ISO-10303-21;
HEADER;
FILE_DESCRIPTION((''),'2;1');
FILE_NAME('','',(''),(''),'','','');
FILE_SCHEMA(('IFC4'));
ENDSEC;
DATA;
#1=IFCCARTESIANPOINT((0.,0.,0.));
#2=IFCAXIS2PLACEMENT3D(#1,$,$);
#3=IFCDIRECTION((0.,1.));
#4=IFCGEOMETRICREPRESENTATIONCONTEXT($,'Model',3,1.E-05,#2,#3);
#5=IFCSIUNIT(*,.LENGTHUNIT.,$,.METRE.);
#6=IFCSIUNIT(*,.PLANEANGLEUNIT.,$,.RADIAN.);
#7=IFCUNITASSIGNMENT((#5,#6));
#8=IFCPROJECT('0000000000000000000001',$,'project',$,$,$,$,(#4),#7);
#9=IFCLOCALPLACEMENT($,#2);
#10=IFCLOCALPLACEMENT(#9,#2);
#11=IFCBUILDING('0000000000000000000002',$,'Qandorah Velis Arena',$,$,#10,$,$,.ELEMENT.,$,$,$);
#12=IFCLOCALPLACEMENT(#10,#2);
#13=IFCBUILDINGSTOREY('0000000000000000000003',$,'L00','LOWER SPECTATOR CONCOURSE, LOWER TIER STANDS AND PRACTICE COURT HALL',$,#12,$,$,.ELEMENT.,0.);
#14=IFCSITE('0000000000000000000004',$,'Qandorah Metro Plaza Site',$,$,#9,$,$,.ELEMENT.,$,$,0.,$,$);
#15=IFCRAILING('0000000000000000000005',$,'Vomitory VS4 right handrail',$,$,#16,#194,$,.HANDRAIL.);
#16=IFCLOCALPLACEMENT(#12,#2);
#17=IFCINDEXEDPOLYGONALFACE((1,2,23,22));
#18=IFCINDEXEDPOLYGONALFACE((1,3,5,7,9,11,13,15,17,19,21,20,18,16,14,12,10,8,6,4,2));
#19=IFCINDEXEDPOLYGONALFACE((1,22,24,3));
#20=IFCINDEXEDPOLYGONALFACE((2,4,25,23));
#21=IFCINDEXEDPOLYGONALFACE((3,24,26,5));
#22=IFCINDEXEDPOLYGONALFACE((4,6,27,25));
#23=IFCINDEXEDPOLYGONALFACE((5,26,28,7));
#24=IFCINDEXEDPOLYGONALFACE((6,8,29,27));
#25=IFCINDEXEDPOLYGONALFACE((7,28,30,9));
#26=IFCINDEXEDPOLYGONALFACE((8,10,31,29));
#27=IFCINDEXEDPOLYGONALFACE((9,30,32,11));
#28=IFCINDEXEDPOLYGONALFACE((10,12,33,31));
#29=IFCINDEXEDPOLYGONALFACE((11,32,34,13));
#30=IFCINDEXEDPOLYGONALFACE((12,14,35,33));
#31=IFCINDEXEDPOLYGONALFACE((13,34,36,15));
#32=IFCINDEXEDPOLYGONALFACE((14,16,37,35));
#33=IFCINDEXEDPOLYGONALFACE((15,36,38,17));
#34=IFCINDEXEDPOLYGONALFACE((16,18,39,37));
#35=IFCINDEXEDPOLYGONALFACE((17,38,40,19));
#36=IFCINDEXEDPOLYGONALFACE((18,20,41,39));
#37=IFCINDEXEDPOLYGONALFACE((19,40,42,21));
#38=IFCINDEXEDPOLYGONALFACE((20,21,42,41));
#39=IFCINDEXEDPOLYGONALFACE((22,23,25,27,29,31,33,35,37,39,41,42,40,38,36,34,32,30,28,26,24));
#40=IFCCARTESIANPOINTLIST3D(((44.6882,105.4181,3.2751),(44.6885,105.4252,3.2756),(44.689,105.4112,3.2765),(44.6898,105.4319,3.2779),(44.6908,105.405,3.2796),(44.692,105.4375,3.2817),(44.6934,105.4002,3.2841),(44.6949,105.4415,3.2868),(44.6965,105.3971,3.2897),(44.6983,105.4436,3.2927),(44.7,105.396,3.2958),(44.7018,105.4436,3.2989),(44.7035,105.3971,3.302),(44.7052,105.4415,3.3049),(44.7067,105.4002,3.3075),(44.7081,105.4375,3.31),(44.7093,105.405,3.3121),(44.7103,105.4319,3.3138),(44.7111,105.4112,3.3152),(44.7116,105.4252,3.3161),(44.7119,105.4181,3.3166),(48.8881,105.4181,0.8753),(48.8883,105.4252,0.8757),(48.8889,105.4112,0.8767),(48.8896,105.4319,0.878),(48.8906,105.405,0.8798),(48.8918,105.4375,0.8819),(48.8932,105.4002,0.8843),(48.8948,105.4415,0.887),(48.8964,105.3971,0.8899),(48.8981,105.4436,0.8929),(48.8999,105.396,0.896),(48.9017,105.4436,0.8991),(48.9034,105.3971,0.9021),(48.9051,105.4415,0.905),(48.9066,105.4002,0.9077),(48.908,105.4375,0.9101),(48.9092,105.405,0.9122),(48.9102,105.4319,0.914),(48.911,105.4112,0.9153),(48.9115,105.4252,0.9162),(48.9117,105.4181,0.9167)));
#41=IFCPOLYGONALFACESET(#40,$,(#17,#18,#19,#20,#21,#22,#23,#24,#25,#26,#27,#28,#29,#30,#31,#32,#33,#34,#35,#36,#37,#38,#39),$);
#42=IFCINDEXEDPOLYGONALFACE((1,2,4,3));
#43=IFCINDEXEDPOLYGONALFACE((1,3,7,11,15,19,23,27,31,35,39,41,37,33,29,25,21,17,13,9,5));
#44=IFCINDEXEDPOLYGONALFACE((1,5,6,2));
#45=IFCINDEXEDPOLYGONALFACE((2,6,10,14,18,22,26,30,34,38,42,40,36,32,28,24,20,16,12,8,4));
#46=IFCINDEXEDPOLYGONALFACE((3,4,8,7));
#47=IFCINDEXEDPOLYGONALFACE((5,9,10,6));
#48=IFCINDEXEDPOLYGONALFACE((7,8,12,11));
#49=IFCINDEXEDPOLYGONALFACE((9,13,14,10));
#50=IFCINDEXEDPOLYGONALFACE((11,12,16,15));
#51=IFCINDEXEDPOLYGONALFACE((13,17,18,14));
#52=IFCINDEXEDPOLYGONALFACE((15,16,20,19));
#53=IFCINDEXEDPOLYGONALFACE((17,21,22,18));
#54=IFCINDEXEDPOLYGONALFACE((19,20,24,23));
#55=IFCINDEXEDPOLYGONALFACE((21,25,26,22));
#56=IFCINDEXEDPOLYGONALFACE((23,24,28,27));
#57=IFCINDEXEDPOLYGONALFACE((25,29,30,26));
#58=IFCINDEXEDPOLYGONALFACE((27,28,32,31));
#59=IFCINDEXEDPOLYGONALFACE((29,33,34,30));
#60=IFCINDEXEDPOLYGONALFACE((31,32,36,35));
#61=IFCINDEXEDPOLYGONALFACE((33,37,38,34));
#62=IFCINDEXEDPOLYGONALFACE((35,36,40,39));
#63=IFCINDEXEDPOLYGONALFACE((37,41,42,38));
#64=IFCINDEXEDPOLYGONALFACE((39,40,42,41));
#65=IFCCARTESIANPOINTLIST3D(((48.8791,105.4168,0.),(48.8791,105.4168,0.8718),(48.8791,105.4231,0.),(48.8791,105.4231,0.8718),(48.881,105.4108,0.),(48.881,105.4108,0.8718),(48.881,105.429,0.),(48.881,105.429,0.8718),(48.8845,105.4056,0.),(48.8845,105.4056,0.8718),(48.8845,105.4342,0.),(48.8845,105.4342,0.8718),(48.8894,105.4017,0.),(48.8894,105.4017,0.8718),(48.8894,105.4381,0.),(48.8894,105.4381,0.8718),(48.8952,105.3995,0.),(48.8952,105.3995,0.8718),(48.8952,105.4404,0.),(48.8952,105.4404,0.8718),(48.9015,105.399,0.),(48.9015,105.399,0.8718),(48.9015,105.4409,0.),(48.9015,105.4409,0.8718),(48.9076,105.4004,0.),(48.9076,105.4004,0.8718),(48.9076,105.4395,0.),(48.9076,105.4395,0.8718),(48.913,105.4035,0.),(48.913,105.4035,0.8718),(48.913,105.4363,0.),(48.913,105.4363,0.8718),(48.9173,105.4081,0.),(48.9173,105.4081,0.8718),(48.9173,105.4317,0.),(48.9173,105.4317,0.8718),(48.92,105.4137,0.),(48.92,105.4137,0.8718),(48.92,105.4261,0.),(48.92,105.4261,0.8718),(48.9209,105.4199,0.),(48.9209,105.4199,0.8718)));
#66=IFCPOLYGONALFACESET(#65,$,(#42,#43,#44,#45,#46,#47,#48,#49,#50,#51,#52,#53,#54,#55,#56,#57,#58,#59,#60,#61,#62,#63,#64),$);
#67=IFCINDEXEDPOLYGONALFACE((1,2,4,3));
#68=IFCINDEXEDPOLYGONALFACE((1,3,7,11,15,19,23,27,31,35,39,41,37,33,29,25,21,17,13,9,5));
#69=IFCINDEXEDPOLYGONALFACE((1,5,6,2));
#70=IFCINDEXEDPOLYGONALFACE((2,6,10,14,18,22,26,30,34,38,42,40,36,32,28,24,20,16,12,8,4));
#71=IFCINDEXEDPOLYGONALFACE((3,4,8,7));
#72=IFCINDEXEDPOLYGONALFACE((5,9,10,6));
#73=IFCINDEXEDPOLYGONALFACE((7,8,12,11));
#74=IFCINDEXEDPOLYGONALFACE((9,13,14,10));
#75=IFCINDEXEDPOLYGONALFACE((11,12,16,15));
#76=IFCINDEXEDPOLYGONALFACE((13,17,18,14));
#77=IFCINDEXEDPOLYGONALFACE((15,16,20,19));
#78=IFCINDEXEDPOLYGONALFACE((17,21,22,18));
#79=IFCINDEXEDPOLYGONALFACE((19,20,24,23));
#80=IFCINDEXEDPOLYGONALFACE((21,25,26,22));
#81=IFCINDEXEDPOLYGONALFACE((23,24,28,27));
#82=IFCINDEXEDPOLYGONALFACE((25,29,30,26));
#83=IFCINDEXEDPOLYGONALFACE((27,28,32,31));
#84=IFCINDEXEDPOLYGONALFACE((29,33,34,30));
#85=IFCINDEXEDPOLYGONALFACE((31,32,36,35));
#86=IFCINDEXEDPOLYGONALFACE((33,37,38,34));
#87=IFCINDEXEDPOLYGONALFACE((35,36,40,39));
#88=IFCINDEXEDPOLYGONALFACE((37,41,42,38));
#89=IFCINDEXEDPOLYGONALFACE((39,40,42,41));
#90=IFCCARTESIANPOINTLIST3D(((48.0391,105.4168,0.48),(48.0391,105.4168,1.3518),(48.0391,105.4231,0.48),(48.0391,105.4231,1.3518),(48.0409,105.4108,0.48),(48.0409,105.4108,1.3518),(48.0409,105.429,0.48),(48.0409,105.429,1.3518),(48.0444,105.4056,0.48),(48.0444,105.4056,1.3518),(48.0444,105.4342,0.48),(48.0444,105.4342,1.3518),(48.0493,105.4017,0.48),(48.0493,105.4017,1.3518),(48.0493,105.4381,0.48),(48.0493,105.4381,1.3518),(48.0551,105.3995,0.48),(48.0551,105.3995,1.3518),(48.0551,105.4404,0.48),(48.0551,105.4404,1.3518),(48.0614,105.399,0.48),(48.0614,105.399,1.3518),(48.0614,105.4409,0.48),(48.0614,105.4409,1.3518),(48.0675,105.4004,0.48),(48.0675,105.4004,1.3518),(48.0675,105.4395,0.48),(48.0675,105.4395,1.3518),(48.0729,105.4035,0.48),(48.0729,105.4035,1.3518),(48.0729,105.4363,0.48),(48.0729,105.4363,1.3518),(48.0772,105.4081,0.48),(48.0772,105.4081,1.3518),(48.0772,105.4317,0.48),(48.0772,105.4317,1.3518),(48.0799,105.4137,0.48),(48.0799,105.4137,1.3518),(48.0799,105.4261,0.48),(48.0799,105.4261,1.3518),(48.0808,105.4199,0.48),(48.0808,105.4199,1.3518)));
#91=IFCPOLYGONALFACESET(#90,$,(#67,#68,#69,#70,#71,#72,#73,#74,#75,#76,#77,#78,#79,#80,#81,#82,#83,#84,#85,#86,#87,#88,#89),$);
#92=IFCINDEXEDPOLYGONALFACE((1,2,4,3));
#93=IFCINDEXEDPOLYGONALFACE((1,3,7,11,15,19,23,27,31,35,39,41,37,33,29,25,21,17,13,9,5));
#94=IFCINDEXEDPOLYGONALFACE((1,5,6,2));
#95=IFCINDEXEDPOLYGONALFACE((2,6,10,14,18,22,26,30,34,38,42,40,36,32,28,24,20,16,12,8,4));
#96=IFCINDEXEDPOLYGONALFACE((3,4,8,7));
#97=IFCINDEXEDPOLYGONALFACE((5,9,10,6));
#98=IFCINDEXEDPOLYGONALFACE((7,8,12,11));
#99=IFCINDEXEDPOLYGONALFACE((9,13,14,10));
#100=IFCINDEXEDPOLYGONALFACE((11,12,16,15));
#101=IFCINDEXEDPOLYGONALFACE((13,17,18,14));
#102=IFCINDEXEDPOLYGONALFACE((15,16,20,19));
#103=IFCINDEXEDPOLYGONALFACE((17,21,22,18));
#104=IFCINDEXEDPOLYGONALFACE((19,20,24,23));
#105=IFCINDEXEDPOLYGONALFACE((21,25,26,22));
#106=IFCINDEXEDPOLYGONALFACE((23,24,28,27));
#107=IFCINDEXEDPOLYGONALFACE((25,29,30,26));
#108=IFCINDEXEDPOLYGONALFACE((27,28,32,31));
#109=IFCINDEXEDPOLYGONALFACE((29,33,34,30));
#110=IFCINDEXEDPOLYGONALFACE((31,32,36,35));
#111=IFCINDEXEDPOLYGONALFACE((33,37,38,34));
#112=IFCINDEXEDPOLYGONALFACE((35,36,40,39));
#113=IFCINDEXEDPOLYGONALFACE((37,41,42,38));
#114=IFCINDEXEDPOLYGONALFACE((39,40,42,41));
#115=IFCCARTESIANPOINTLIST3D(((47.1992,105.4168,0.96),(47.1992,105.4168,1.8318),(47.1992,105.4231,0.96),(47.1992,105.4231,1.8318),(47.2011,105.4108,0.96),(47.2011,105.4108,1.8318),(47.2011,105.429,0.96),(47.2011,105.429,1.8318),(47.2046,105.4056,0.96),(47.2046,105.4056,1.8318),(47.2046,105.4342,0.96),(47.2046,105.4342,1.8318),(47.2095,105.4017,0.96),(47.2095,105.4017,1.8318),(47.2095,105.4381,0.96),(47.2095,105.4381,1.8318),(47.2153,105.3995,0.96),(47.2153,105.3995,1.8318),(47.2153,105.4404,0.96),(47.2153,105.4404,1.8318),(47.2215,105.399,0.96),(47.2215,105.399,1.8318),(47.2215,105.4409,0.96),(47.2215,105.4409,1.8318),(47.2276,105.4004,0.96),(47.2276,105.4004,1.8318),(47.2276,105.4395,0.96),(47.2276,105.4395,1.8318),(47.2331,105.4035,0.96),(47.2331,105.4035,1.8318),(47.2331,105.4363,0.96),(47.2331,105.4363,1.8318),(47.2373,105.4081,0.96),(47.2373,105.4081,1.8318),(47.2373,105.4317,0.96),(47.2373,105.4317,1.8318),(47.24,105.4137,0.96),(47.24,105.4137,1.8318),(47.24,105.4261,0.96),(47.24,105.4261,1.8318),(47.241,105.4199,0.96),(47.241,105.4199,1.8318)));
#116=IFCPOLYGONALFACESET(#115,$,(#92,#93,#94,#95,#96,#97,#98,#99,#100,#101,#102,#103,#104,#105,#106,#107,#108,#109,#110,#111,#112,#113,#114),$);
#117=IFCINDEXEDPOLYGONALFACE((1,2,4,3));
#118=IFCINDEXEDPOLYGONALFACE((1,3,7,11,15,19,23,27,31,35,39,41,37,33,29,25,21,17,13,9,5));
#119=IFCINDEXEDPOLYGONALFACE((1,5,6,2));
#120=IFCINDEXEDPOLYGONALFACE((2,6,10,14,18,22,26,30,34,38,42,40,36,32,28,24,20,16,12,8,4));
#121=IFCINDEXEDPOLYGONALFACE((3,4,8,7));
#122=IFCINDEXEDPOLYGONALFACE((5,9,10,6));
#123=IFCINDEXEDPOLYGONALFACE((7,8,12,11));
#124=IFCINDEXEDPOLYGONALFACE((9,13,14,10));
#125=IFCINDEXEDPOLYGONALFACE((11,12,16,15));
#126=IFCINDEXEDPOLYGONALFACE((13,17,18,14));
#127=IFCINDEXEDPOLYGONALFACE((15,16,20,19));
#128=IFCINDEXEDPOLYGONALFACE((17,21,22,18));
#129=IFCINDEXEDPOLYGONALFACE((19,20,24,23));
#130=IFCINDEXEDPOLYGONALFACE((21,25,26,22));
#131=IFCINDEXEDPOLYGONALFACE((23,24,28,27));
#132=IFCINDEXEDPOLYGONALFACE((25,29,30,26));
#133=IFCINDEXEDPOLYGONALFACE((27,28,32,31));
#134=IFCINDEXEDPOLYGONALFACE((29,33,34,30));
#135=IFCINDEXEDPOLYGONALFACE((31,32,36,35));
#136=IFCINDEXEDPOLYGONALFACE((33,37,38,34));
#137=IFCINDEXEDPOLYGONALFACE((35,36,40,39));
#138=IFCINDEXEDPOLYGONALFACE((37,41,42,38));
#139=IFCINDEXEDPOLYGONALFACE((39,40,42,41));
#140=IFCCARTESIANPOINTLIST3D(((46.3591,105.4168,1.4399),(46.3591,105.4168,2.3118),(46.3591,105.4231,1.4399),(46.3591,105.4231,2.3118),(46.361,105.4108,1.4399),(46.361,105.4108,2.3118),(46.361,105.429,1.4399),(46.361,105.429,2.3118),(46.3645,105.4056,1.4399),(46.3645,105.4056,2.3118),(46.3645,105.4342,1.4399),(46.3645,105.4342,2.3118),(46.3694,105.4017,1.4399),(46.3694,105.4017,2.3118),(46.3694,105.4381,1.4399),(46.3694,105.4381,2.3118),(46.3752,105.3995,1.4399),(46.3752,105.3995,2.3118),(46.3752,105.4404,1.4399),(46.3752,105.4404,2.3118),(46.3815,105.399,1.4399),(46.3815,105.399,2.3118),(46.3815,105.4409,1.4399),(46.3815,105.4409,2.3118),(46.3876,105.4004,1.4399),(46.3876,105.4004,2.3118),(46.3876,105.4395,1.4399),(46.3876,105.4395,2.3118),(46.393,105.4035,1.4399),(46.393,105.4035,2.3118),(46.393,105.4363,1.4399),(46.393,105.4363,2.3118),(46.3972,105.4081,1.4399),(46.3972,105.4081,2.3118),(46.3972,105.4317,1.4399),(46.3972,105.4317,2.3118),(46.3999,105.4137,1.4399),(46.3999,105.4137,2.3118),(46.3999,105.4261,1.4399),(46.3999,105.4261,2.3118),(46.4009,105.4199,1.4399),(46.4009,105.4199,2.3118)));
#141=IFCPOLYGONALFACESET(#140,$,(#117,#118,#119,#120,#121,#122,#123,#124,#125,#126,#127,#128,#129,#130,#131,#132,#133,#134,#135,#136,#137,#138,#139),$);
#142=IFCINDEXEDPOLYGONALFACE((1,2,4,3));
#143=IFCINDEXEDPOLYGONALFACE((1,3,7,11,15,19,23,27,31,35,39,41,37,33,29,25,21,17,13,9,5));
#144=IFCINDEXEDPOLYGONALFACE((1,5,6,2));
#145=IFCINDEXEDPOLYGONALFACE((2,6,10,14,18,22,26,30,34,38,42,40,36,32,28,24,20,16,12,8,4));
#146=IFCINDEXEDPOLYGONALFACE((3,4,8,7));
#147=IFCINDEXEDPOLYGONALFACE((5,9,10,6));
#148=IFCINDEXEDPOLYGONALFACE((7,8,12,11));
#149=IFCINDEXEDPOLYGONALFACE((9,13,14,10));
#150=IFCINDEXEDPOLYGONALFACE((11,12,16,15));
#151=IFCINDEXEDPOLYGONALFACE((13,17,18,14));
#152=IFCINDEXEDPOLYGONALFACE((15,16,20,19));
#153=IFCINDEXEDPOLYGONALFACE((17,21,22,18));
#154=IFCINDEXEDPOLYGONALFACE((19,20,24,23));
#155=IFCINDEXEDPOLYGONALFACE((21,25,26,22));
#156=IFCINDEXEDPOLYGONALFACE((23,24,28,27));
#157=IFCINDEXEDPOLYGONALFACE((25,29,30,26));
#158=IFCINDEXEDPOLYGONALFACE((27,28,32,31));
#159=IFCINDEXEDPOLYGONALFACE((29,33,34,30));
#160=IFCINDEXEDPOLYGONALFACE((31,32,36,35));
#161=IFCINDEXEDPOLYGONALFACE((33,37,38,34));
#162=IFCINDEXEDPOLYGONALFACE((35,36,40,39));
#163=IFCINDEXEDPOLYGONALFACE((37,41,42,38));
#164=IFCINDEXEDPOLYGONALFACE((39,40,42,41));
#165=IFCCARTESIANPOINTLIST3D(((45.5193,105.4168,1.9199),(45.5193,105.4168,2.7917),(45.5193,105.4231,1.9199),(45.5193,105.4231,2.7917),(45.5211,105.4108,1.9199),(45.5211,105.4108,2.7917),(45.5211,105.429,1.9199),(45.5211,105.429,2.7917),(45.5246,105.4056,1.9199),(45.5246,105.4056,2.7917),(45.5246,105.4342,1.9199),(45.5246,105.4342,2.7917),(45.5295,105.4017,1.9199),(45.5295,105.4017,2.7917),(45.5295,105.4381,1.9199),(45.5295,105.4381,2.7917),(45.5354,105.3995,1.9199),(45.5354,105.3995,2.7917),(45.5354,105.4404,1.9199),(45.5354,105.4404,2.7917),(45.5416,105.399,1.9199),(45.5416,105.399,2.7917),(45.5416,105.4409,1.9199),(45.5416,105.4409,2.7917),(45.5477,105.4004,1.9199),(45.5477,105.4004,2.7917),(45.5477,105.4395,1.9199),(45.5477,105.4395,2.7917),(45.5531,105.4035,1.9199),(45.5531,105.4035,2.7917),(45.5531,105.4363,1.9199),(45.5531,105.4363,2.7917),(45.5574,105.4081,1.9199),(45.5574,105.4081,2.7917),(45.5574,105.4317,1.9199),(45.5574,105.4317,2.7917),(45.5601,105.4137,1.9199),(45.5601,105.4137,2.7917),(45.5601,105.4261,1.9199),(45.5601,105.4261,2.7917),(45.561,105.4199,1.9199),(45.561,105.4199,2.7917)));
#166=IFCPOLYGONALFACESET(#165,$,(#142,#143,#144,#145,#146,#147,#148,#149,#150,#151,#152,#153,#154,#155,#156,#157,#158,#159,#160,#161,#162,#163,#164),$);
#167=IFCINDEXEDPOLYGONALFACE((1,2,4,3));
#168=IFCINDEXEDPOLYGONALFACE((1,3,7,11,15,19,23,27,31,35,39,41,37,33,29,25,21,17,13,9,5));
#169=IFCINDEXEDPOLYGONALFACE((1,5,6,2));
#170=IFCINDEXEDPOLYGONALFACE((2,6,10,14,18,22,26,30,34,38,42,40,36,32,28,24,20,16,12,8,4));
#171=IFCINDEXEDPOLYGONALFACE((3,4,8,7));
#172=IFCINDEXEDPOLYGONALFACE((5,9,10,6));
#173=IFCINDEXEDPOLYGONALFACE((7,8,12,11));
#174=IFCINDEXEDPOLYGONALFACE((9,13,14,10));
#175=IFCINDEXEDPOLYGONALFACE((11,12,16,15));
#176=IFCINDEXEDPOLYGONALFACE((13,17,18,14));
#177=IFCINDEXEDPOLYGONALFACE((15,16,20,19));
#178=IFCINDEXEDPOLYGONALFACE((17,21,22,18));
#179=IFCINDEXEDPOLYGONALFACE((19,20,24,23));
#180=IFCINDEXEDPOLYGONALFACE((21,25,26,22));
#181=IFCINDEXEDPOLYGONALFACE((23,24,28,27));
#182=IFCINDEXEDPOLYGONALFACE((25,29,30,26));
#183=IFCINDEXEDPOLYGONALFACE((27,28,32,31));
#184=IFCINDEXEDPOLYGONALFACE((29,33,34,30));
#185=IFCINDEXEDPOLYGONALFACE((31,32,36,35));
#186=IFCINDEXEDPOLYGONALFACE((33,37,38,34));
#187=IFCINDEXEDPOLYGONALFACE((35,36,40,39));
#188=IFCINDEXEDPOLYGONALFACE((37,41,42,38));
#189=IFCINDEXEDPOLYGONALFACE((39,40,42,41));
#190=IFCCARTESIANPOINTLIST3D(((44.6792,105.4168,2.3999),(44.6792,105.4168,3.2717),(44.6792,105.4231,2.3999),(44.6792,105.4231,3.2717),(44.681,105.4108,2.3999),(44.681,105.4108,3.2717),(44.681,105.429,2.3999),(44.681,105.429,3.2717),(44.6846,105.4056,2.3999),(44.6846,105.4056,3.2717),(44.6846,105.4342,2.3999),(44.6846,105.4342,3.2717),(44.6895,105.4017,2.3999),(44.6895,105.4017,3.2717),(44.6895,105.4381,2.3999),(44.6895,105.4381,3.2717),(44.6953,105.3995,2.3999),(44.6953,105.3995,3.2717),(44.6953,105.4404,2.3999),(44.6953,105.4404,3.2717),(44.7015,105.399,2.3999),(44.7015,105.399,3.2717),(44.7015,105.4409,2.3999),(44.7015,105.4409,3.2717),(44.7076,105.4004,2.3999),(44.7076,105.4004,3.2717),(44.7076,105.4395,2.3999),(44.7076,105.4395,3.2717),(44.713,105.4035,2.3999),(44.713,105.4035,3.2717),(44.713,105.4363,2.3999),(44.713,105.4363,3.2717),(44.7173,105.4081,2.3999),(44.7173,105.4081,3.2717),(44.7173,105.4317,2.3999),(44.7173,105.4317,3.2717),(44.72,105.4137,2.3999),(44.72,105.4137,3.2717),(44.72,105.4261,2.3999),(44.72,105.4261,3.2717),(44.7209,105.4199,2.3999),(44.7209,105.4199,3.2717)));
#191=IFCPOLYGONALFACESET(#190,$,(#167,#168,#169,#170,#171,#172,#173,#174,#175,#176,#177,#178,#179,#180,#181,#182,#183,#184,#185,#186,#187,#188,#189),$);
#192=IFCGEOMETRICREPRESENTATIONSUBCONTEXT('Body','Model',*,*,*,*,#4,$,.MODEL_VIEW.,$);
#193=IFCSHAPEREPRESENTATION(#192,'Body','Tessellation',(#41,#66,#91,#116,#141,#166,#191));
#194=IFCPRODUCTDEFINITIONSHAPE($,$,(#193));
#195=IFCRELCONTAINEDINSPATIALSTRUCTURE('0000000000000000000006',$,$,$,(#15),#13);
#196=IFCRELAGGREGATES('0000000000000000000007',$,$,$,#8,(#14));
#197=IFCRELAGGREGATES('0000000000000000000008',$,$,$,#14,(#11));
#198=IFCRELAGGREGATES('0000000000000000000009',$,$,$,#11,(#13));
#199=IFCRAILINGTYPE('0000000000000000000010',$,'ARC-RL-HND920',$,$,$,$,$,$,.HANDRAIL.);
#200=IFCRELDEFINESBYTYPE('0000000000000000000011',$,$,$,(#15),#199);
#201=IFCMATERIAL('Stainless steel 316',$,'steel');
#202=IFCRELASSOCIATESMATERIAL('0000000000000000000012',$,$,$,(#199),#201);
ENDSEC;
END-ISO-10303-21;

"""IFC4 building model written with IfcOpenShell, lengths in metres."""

from ifc_helpers import new_model, si_unit, direction, frame, origin, origin_2d, place, context, subcontext, project, spatial, circle, extrude, material, type_object, element, save


model = new_model("IFC4")

# Units and contexts
model_context = context("Model", 3, precision=1e-05, world=origin(), true_north=direction((0.0, 1.0)))
body_context = subcontext(model_context, "Body", "Model", "MODEL_VIEW")
ifc_project = project(units=[si_unit("LENGTHUNIT", "METRE"), si_unit("PLANEANGLEUNIT", "RADIAN")], contexts=[model_context])

# Site, building, storey
site_placement = place(None, origin())
site = spatial("IfcSite", under=ifc_project, at=site_placement, Name="Qandorah Metro Plaza Site", CompositionType="ELEMENT", RefElevation=0.0)
building_placement = place(site_placement, origin())
building = spatial("IfcBuilding", under=site, at=building_placement, Name="Qandorah Velis Arena", CompositionType="ELEMENT")
storey_placement = place(building_placement, origin())
storey = spatial("IfcBuildingStorey", under=building, at=storey_placement, Name="L00", Description="LOWER SPECTATOR CONCOURSE, LOWER TIER STANDS AND PRACTICE COURT HALL", CompositionType="ELEMENT", Elevation=0.0)

# Railing
ifc_material_1 = material(Name="Stainless steel 316", Category="steel")
railing_type_1 = type_object("IfcRailingType", Name="ARC-RL-HND920", PredefinedType="HANDRAIL", material=ifc_material_1)
for number, where, name in (
    (1, (48.8999, 105.4199, 0.0), "Vomitory VS4 right handrail"),
):
    element("IfcRailing", number, at=place(storey_placement, frame(where)), inside=storey, type_object=railing_type_1, Name=name, PredefinedType="HANDRAIL", context=body_context, shape_type="SweptSolid", body=[
        extrude(circle(Radius=0.0239, at=origin_2d()), frame((0.0, 0.0, 0.896), z_axis=(-0.868249, 0.0, 0.496128), x_axis=(0.0, -1.0, 0.0)), (0.0, 0.0, 1.0), 4.8372),
        extrude(circle(Radius=0.021, at=origin_2d()), origin(), (0.0, 0.0, 1.0), 0.8718),
        extrude(circle(Radius=0.021, at=origin_2d()), frame((-0.8401, 0.0, 0.48)), (0.0, 0.0, 1.0), 0.8718),
        extrude(circle(Radius=0.021, at=origin_2d()), frame((-1.6799, 0.0, 0.96)), (0.0, 0.0, 1.0), 0.8718),
        extrude(circle(Radius=0.021, at=origin_2d()), frame((-2.52, 0.0, 1.4399)), (0.0, 0.0, 1.0), 0.8718),
        extrude(circle(Radius=0.021, at=origin_2d()), frame((-3.3599, 0.0, 1.9199)), (0.0, 0.0, 1.0), 0.8718),
        extrude(circle(Radius=0.021, at=origin_2d()), frame((-4.2, 0.0, 2.3999)), (0.0, 0.0, 1.0), 0.8718),
    ])

save(model, "model.ifc")
